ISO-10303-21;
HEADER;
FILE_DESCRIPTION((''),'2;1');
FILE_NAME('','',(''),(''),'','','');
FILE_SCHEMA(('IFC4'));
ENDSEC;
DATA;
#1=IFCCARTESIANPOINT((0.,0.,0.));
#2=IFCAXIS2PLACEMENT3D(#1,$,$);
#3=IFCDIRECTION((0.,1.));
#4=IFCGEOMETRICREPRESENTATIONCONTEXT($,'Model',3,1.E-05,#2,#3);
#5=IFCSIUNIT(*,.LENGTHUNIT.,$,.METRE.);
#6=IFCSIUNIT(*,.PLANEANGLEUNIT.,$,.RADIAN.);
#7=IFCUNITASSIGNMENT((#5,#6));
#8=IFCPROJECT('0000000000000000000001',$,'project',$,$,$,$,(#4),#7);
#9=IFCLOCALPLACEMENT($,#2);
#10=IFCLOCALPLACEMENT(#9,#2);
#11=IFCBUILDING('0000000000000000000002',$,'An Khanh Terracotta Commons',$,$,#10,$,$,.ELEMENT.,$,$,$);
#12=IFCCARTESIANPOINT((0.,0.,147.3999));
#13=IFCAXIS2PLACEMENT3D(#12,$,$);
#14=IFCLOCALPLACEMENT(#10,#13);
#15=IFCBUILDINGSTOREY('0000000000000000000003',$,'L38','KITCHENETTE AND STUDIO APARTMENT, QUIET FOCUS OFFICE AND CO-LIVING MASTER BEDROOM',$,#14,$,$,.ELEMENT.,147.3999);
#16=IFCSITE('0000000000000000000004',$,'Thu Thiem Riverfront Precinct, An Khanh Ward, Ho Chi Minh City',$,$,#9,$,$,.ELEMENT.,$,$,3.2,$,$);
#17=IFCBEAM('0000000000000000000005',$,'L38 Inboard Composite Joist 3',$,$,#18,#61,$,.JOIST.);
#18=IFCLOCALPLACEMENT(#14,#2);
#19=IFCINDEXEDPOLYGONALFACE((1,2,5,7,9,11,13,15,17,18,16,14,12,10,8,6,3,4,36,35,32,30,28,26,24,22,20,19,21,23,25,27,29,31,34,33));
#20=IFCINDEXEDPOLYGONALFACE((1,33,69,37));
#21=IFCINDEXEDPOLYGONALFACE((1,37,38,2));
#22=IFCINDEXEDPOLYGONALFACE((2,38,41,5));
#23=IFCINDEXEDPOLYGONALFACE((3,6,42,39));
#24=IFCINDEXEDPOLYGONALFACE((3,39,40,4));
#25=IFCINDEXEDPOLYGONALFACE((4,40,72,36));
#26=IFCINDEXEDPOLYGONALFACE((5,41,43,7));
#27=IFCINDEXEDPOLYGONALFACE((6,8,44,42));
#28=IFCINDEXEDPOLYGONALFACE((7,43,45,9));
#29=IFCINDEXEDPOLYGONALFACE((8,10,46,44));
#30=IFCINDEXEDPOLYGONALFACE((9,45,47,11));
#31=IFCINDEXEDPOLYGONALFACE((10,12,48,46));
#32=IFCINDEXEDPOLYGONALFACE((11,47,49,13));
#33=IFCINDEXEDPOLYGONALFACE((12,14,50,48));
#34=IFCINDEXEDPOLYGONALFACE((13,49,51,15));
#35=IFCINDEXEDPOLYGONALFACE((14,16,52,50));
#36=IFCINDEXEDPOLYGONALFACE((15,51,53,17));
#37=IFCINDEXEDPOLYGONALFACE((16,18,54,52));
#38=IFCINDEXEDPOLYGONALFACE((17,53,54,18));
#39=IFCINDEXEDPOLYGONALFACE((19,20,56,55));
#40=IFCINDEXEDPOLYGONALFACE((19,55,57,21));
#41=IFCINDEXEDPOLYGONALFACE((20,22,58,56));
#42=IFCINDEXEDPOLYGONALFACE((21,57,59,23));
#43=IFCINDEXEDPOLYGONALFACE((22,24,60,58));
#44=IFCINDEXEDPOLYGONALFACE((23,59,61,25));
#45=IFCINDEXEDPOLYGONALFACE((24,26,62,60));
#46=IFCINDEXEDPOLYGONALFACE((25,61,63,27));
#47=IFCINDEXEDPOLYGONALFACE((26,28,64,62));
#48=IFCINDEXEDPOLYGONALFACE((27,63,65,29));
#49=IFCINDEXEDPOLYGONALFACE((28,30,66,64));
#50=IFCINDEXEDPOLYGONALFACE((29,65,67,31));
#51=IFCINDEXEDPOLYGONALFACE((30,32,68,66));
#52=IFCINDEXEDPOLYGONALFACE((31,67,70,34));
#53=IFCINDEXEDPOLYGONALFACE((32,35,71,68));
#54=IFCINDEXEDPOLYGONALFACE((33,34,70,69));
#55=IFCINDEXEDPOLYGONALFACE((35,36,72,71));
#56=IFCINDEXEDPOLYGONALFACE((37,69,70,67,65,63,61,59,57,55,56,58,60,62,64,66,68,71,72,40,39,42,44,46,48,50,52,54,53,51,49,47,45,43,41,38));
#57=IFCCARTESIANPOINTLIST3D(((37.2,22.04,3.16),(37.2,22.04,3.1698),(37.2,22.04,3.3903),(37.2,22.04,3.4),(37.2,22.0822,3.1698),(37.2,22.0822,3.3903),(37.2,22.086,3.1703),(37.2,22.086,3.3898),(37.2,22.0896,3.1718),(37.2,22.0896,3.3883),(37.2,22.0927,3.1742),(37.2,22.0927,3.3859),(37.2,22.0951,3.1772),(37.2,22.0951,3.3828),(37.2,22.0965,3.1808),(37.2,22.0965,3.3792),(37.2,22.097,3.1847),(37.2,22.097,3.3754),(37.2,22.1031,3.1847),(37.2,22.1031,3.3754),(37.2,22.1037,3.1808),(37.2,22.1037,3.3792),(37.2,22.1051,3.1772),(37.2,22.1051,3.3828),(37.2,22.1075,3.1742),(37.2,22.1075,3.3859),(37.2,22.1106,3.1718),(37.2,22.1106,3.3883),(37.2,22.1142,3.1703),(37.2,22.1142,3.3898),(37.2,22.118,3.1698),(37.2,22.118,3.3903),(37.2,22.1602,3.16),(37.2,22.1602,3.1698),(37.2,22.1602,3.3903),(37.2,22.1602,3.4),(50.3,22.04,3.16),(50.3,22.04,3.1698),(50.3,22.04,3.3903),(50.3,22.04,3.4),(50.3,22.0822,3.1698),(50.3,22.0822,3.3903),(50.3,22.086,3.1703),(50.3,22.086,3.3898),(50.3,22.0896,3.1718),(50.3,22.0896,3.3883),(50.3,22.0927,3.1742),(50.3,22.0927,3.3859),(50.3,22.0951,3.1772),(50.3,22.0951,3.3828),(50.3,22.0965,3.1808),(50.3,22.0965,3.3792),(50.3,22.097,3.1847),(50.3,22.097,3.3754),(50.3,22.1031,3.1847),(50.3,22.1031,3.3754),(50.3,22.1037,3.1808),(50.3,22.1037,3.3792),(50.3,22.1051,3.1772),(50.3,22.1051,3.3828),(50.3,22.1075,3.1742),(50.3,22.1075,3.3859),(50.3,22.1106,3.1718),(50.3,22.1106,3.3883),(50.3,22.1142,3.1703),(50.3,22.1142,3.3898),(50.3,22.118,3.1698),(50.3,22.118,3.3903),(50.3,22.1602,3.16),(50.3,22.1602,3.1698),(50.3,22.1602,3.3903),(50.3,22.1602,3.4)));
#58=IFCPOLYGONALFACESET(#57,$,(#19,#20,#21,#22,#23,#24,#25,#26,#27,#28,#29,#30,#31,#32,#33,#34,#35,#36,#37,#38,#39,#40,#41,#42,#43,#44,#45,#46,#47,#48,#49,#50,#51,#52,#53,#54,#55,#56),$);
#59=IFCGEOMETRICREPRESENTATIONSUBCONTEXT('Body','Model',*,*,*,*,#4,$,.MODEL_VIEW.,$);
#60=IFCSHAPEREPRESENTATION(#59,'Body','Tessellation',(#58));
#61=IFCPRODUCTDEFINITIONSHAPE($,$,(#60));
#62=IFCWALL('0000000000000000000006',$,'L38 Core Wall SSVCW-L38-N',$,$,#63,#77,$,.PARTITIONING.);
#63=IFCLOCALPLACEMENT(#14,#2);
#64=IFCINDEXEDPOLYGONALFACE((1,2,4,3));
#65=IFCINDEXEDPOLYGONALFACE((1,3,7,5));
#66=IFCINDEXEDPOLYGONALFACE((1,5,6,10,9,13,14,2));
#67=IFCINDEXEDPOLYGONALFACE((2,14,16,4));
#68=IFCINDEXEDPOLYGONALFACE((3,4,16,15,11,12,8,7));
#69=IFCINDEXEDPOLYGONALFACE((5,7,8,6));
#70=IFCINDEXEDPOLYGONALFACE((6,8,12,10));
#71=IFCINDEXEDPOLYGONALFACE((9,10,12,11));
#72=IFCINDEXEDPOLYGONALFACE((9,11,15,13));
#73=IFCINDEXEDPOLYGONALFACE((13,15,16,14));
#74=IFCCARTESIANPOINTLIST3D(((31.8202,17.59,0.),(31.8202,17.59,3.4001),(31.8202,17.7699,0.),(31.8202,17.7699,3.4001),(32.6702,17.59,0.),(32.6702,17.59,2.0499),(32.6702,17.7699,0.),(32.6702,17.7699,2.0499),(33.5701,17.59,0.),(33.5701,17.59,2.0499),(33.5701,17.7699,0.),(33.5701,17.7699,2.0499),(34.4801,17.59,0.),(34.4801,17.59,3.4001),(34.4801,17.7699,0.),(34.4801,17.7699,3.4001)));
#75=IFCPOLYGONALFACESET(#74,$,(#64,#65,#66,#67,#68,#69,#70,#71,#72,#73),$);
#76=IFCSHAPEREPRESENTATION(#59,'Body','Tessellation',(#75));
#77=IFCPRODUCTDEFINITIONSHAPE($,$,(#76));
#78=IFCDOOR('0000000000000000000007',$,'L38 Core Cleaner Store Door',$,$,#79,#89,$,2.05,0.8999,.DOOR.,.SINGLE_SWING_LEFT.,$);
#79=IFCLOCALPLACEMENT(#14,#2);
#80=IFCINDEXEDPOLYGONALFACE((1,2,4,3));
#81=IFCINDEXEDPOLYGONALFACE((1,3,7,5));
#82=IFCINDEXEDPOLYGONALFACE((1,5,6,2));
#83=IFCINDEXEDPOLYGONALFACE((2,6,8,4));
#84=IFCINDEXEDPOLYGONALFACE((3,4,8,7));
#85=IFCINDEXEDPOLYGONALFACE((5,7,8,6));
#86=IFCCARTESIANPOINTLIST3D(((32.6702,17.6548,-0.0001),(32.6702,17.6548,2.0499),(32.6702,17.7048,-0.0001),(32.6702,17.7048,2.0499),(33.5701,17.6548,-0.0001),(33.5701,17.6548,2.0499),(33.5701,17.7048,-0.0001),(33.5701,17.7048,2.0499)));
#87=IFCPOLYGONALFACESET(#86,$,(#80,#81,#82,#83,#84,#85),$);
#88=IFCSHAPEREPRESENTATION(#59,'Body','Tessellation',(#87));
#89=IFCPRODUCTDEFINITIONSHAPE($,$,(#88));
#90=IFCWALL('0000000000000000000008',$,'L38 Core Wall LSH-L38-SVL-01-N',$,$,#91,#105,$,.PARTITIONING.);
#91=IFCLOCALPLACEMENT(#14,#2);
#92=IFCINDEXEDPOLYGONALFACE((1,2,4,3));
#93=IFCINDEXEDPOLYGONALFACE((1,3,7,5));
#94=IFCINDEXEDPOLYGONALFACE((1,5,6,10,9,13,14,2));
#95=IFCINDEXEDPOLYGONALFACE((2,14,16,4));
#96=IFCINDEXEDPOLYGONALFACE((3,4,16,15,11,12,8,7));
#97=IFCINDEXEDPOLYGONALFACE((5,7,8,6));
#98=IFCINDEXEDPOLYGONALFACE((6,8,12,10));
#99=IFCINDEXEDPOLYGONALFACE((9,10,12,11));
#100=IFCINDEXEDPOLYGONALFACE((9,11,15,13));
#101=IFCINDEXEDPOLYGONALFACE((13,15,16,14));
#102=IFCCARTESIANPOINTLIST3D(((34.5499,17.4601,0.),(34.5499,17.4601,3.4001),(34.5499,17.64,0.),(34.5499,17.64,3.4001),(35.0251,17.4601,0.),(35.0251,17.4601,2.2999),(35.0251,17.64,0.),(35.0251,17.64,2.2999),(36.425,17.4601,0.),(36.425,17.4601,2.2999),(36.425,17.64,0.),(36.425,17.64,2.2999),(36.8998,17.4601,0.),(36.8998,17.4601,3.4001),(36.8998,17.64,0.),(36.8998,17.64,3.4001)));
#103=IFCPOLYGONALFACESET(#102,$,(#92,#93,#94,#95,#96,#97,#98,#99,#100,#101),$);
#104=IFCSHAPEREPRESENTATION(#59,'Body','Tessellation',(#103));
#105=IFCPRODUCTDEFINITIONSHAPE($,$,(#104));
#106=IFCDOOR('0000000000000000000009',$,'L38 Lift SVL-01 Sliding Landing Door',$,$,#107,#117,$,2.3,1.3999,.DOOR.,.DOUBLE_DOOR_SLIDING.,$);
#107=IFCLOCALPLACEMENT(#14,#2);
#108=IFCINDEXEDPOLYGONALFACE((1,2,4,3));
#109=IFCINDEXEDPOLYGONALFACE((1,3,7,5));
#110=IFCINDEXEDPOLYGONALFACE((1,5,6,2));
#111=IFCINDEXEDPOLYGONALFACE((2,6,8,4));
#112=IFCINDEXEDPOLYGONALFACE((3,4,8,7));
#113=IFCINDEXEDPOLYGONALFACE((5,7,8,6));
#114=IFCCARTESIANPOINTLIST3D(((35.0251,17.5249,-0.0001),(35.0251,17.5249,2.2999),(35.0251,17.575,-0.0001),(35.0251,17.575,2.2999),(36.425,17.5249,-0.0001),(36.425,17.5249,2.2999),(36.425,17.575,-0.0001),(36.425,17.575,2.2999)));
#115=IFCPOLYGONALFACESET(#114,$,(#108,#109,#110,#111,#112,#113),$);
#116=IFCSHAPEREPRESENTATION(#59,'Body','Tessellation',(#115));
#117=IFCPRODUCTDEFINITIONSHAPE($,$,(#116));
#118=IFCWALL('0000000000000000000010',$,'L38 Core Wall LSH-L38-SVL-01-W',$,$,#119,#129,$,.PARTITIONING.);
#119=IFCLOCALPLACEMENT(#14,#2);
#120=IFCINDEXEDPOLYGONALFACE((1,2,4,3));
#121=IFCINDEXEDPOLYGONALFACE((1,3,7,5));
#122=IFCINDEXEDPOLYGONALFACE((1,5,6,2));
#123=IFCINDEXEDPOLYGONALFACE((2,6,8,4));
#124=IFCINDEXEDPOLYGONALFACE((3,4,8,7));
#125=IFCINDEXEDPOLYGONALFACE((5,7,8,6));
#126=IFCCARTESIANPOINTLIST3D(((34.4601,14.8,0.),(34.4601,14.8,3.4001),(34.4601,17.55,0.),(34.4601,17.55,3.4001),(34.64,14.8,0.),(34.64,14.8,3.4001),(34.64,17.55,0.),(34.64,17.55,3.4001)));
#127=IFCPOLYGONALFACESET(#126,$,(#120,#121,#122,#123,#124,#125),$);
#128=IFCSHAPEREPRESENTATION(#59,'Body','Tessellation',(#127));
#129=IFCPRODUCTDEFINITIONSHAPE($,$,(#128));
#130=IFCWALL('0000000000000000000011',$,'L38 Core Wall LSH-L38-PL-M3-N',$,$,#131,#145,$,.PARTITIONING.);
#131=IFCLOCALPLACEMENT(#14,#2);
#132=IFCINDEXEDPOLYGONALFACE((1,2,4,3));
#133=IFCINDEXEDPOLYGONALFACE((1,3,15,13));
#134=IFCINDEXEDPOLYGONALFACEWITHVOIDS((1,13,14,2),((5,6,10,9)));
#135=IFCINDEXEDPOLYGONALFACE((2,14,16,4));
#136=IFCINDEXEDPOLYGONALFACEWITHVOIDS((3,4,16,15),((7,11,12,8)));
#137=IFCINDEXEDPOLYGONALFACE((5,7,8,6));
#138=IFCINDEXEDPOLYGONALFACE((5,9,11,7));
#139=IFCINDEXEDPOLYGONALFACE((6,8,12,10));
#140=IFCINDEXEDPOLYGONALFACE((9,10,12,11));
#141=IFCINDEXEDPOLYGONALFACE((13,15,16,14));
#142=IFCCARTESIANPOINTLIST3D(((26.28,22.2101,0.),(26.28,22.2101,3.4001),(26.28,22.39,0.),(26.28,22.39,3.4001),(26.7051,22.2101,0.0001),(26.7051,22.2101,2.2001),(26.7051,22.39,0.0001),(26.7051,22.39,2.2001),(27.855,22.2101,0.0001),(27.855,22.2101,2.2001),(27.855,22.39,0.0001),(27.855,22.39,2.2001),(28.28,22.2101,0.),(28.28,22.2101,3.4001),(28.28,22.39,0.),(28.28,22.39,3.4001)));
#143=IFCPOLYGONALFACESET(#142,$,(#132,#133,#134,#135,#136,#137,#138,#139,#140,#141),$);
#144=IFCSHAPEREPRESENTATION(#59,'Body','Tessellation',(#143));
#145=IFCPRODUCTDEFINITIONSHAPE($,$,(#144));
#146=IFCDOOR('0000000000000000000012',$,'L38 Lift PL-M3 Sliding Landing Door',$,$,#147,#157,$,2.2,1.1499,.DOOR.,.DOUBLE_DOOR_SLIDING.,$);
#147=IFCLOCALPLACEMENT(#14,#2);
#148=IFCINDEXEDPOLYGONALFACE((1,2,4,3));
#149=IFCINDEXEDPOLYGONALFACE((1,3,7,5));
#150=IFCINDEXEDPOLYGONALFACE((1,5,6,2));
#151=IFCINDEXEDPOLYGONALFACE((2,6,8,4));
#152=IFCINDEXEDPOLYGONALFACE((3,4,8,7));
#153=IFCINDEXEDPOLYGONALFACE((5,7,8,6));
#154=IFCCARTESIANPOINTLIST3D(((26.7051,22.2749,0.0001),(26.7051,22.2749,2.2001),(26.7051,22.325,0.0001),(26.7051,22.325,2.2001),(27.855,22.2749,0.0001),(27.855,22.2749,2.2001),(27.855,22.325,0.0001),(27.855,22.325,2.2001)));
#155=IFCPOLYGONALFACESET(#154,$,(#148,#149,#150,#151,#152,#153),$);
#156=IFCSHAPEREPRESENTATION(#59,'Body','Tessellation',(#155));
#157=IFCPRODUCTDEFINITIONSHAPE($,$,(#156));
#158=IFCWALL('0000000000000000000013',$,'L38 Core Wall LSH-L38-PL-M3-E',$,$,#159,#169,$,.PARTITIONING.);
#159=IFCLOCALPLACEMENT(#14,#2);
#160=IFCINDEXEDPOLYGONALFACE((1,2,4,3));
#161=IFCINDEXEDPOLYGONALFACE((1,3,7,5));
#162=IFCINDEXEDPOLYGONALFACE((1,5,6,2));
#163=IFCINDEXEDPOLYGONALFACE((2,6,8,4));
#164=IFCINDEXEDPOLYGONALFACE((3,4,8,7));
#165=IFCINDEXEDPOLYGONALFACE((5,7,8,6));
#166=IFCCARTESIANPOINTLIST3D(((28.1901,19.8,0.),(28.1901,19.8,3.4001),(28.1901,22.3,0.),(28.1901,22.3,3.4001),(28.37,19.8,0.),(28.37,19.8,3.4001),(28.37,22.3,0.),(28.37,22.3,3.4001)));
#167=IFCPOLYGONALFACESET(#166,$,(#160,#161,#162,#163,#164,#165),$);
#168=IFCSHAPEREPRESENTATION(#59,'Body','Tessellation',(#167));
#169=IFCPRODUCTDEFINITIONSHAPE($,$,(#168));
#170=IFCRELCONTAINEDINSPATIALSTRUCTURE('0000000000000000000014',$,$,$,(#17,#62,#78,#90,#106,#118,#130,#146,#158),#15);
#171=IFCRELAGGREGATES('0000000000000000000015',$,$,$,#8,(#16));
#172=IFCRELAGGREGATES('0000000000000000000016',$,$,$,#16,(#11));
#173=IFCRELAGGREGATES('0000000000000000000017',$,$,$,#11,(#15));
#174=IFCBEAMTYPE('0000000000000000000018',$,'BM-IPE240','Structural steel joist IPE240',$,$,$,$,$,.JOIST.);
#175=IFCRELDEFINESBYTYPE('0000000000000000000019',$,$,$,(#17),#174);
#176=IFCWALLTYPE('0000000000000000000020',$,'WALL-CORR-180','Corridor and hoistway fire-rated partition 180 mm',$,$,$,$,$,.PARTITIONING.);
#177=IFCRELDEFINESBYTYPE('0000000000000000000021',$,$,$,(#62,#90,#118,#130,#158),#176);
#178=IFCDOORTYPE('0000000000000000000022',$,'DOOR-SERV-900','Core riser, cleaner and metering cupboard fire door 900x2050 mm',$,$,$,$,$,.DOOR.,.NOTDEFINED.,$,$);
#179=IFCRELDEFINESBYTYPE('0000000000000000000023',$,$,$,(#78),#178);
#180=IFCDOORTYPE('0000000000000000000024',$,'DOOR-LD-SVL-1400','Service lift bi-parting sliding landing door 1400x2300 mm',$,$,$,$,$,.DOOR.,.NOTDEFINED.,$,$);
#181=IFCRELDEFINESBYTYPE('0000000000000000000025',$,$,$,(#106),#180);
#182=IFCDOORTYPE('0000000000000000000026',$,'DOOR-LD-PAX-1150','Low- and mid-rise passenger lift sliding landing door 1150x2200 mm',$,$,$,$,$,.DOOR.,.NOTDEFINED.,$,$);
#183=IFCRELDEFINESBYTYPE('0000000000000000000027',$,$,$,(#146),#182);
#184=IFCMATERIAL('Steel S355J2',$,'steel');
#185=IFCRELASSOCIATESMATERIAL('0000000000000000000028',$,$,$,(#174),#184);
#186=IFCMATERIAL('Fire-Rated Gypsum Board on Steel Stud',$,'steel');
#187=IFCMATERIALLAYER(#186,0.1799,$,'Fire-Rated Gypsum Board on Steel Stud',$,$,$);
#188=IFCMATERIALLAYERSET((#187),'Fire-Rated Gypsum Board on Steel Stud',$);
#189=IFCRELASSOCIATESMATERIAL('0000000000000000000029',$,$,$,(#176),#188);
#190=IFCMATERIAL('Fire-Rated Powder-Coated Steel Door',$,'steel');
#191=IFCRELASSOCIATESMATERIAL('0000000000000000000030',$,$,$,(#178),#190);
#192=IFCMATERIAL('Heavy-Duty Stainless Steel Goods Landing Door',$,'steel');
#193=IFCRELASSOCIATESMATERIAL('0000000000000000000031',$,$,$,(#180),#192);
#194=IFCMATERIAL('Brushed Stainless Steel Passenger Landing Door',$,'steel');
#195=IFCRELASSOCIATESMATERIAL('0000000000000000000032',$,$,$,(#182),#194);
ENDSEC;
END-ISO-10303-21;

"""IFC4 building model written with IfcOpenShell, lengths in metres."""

from ifc_helpers import new_model, si_unit, direction, frame, frame_2d, origin, origin_2d, place, context, subcontext, project, spatial, rectangle, i_section, extrude, material, layer, layer_set, material_profile, profile_set, type_object, element, fill, save


model = new_model("IFC4")

# Units and contexts
model_context = context("Model", 3, precision=1e-05, world=origin(), true_north=direction((0.0, 1.0)))
body_context = subcontext(model_context, "Body", "Model", "MODEL_VIEW")
ifc_project = project(units=[si_unit("LENGTHUNIT", "METRE"), si_unit("PLANEANGLEUNIT", "RADIAN")], contexts=[model_context])

# Site, building, storey
site_placement = place(None, origin())
site = spatial("IfcSite", under=ifc_project, at=site_placement, Name="Thu Thiem Riverfront Precinct, An Khanh Ward, Ho Chi Minh City", CompositionType="ELEMENT", RefElevation=3.2)
building_placement = place(site_placement, origin())
building = spatial("IfcBuilding", under=site, at=building_placement, Name="An Khanh Terracotta Commons", CompositionType="ELEMENT")
storey_placement = place(building_placement, frame((0.0, 0.0, 147.3999)))
storey = spatial("IfcBuildingStorey", under=building, at=storey_placement, Name="L38", Description="KITCHENETTE AND STUDIO APARTMENT, QUIET FOCUS OFFICE AND CO-LIVING MASTER BEDROOM", CompositionType="ELEMENT", Elevation=147.3999)

# Beam
ifc_material_1 = material(Name="Steel S355J2", Category="steel")
ifc_material_profile_1 = material_profile(ifc_material_1, i_section(OverallWidth=0.1201, OverallDepth=0.24, WebThickness=0.0061, FlangeThickness=0.0098, FilletRadius=0.0149, at=origin_2d()), Name="IPE240")
ifc_profile_set_1 = profile_set([ifc_material_profile_1], Name="Steel S355J2")
beam_type_1 = type_object("IfcBeamType", Name="BM-IPE240", Description="Structural steel joist IPE240", PredefinedType="JOIST", material=ifc_profile_set_1)
for number, where, z_axis, x_axis, name in (
    (1, (37.2, 22.1001, 3.28), (1.0, 0.0, 0.0), (0.0, 1.0, 0.0), "L38 Inboard Composite Joist 3"),
):
    element("IfcBeam", number, at=place(storey_placement, frame(where, z_axis=z_axis, x_axis=x_axis)), inside=storey, type_object=beam_type_1, Name=name, PredefinedType="JOIST", context=body_context, shape_type="SweptSolid", body=[
        extrude(i_section(OverallWidth=0.1201, OverallDepth=0.24, WebThickness=0.0061, FlangeThickness=0.0098, FilletRadius=0.0149, at=origin_2d()), origin(), (0.0, 0.0, 1.0), 13.1001),
    ])

# Walls, openings, doors
ifc_material_2 = material(Name="Fire-Rated Gypsum Board on Steel Stud", Category="steel")
ifc_layer = layer(ifc_material_2, 0.1799, Name="Fire-Rated Gypsum Board on Steel Stud")
ifc_layer_set = layer_set([ifc_layer], Name="Fire-Rated Gypsum Board on Steel Stud")
wall_type = type_object("IfcWallType", Name="WALL-CORR-180", Description="Corridor and hoistway fire-rated partition 180 mm", PredefinedType="PARTITIONING", material=ifc_layer_set)
wall_1_placement = place(storey_placement, frame((31.8201, 17.6799, 0.0), z_axis=(0.0, 0.0, 1.0), x_axis=(1.0, 0.0, 0.0)))
wall_1 = element("IfcWall", 2, at=wall_1_placement, inside=storey, type_object=wall_type, Name="L38 Core Wall SSVCW-L38-N", PredefinedType="PARTITIONING", context=body_context, shape_type="SweptSolid", body=[
    extrude(rectangle(XDim=2.6599, YDim=0.1799, at=frame_2d((1.3301, 0.0))), origin(), (0.0, 0.0, 1.0), 3.4001),
])
opening_1_placement = place(wall_1_placement, frame((0.8501, 0.0, 0.0)))
opening_1 = element("IfcOpeningElement", 3, at=opening_1_placement, cuts=wall_1, PredefinedType="OPENING", context=body_context, shape_type="SweptSolid", body=[
    extrude(rectangle(XDim=0.8999, YDim=2.05, at=frame_2d((0.45, 1.0249))), frame((0.0, 0.0999, 0.0), z_axis=(0.0, -1.0, 0.0), x_axis=(1.0, 0.0, 0.0)), (0.0, 0.0, 1.0), 0.2),
])
ifc_material_3 = material(Name="Fire-Rated Powder-Coated Steel Door", Category="steel")
door_type_1 = type_object("IfcDoorType", Name="DOOR-SERV-900", Description="Core riser, cleaner and metering cupboard fire door 900x2050 mm", OperationType="NOTDEFINED", PredefinedType="DOOR", material=ifc_material_3)
door_1_placement = place(opening_1_placement, origin())
door_1 = element("IfcDoor", 4, at=door_1_placement, inside=storey, type_object=door_type_1, Name="L38 Core Cleaner Store Door", OperationType="SINGLE_SWING_LEFT", OverallHeight=2.05, OverallWidth=0.8999, PredefinedType="DOOR", context=body_context, shape_type="SweptSolid", body=[
    extrude(rectangle(XDim=0.8999, YDim=2.05, at=frame_2d((0.45, 1.0249))), frame((0.0, 0.0249, 0.0), z_axis=(0.0, -1.0, 0.0), x_axis=(1.0, 0.0, 0.0)), (0.0, 0.0, 1.0), 0.05),
])
fill(opening_1, door_1)
wall_2_placement = place(storey_placement, frame((34.55, 17.55, 0.0), z_axis=(0.0, 0.0, 1.0), x_axis=(1.0, 0.0, 0.0)))
wall_2 = element("IfcWall", 5, at=wall_2_placement, inside=storey, type_object=wall_type, Name="L38 Core Wall LSH-L38-SVL-01-N", PredefinedType="PARTITIONING", context=body_context, shape_type="SweptSolid", body=[
    extrude(rectangle(XDim=2.3499, YDim=0.1799, at=frame_2d((1.1748, 0.0))), origin(), (0.0, 0.0, 1.0), 3.4001),
])
opening_2_placement = place(wall_2_placement, frame((0.4751, 0.0, 0.0)))
opening_2 = element("IfcOpeningElement", 6, at=opening_2_placement, cuts=wall_2, PredefinedType="OPENING", context=body_context, shape_type="SweptSolid", body=[
    extrude(rectangle(XDim=1.3999, YDim=2.3, at=frame_2d((0.7, 1.1499))), frame((0.0, 0.0999, 0.0), z_axis=(0.0, -1.0, 0.0), x_axis=(1.0, 0.0, 0.0)), (0.0, 0.0, 1.0), 0.2),
])
ifc_material_4 = material(Name="Heavy-Duty Stainless Steel Goods Landing Door", Category="steel")
door_type_2 = type_object("IfcDoorType", Name="DOOR-LD-SVL-1400", Description="Service lift bi-parting sliding landing door 1400x2300 mm", OperationType="NOTDEFINED", PredefinedType="DOOR", material=ifc_material_4)
door_2_placement = place(opening_2_placement, origin())
door_2 = element("IfcDoor", 7, at=door_2_placement, inside=storey, type_object=door_type_2, Name="L38 Lift SVL-01 Sliding Landing Door", OperationType="DOUBLE_DOOR_SLIDING", OverallHeight=2.3, OverallWidth=1.3999, PredefinedType="DOOR", context=body_context, shape_type="SweptSolid", body=[
    extrude(rectangle(XDim=1.3999, YDim=2.3, at=frame_2d((0.7, 1.1499))), frame((0.0, 0.0249, 0.0), z_axis=(0.0, -1.0, 0.0), x_axis=(1.0, 0.0, 0.0)), (0.0, 0.0, 1.0), 0.05),
])
fill(opening_2, door_2)

# Wall
wall_3_placement = place(storey_placement, frame((34.55, 17.55, 0.0), z_axis=(0.0, 0.0, 1.0), x_axis=(0.0, -1.0, 0.0)))
element("IfcWall", 8, at=wall_3_placement, inside=storey, type_object=wall_type, Name="L38 Core Wall LSH-L38-SVL-01-W", PredefinedType="PARTITIONING", context=body_context, shape_type="SweptSolid", body=[
    extrude(rectangle(XDim=2.75, YDim=0.1799, at=frame_2d((1.375, 0.0))), origin(), (0.0, 0.0, 1.0), 3.4001),
])

# Wall, opening, door
wall_4_placement = place(storey_placement, frame((26.28, 22.3, 0.0), z_axis=(0.0, 0.0, 1.0), x_axis=(1.0, 0.0, 0.0)))
wall_4 = element("IfcWall", 9, at=wall_4_placement, inside=storey, type_object=wall_type, Name="L38 Core Wall LSH-L38-PL-M3-N", PredefinedType="PARTITIONING", context=body_context, shape_type="SweptSolid", body=[
    extrude(rectangle(XDim=2.0, YDim=0.1799, at=frame_2d((1.0, 0.0))), origin(), (0.0, 0.0, 1.0), 3.4001),
])
opening_3_placement = place(wall_4_placement, frame((0.425, 0.0, 0.0)))
opening_3 = element("IfcOpeningElement", 10, at=opening_3_placement, cuts=wall_4, PredefinedType="OPENING", context=body_context, shape_type="SweptSolid", body=[
    extrude(rectangle(XDim=1.1499, YDim=2.2, at=frame_2d((0.575, 1.1001))), frame((0.0, 0.0999, 0.0), z_axis=(0.0, -1.0, 0.0), x_axis=(1.0, 0.0, 0.0)), (0.0, 0.0, 1.0), 0.2),
])
ifc_material_5 = material(Name="Brushed Stainless Steel Passenger Landing Door", Category="steel")
door_type_3 = type_object("IfcDoorType", Name="DOOR-LD-PAX-1150", Description="Low- and mid-rise passenger lift sliding landing door 1150x2200 mm", OperationType="NOTDEFINED", PredefinedType="DOOR", material=ifc_material_5)
door_3_placement = place(opening_3_placement, origin())
door_3 = element("IfcDoor", 11, at=door_3_placement, inside=storey, type_object=door_type_3, Name="L38 Lift PL-M3 Sliding Landing Door", OperationType="DOUBLE_DOOR_SLIDING", OverallHeight=2.2, OverallWidth=1.1499, PredefinedType="DOOR", context=body_context, shape_type="SweptSolid", body=[
    extrude(rectangle(XDim=1.1499, YDim=2.2, at=frame_2d((0.575, 1.1001))), frame((0.0, 0.0249, 0.0), z_axis=(0.0, -1.0, 0.0), x_axis=(1.0, 0.0, 0.0)), (0.0, 0.0, 1.0), 0.05),
])
fill(opening_3, door_3)

# Wall
wall_5_placement = place(storey_placement, frame((28.28, 19.8, 0.0), z_axis=(0.0, 0.0, 1.0), x_axis=(0.0, 1.0, 0.0)))
element("IfcWall", 12, at=wall_5_placement, inside=storey, type_object=wall_type, Name="L38 Core Wall LSH-L38-PL-M3-E", PredefinedType="PARTITIONING", context=body_context, shape_type="SweptSolid", body=[
    extrude(rectangle(XDim=2.5, YDim=0.1799, at=frame_2d((1.25, 0.0))), origin(), (0.0, 0.0, 1.0), 3.4001),
])

save(model, "model.ifc")
